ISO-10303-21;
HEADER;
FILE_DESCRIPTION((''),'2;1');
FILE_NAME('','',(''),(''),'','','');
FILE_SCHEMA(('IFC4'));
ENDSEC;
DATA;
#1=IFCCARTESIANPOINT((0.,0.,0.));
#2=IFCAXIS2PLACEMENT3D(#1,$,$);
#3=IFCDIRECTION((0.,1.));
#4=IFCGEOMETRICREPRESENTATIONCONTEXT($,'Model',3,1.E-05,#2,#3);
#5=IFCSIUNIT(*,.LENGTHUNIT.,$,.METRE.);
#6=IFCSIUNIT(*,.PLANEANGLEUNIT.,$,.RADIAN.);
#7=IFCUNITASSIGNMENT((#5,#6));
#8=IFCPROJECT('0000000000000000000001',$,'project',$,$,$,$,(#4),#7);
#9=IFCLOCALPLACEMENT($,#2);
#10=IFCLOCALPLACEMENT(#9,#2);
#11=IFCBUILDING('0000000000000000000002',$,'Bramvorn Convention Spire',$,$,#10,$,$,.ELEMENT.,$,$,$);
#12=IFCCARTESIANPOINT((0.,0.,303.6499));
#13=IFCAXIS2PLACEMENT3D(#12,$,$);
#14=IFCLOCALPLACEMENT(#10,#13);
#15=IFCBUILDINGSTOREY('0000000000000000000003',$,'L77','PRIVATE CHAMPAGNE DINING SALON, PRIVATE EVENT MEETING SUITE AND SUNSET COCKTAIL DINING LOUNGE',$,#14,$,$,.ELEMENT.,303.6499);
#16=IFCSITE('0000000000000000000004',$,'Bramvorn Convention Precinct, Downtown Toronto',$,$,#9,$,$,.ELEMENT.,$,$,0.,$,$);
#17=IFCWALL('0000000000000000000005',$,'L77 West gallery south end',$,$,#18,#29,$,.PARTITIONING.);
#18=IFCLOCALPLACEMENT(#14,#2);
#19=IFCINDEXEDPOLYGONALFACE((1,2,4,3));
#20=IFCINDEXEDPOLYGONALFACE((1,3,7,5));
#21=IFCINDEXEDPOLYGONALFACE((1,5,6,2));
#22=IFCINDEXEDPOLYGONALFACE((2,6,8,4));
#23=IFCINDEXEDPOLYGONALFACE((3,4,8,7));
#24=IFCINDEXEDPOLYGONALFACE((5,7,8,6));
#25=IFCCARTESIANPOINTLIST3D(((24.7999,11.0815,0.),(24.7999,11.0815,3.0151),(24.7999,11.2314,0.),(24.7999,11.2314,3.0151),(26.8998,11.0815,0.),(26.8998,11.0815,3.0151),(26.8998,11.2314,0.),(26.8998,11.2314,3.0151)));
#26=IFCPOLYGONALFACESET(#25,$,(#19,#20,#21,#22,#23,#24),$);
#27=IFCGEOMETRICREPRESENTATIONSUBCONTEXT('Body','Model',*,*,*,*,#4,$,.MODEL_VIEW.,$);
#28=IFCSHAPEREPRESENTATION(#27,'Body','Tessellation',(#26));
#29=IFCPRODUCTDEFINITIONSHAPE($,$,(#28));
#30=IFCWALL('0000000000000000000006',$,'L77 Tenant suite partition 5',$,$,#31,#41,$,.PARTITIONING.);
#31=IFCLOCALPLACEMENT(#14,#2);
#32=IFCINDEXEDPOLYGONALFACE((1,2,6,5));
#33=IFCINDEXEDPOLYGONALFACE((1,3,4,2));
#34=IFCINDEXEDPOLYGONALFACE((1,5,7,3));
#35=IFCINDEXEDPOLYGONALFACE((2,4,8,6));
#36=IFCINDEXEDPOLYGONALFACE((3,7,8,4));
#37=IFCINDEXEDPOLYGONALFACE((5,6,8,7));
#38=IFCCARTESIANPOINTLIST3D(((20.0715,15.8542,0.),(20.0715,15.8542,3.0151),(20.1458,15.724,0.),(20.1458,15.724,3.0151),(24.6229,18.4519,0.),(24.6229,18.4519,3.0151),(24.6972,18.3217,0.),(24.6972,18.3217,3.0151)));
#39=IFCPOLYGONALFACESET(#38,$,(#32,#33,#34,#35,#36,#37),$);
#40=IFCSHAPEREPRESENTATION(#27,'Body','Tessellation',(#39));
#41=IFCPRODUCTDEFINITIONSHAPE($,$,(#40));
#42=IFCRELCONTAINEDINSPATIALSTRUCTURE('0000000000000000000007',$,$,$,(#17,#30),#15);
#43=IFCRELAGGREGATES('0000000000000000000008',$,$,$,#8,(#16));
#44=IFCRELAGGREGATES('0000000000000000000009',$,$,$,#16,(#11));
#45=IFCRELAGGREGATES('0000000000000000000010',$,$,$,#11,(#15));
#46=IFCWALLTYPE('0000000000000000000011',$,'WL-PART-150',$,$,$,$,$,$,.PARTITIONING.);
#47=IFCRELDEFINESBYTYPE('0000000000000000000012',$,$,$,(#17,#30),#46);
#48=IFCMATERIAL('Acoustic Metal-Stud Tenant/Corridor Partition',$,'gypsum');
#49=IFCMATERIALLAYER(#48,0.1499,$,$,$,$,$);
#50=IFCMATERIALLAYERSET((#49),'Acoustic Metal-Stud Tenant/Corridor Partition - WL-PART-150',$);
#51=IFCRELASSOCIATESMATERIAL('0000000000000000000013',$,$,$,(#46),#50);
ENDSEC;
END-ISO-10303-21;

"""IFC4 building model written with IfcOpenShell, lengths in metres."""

from ifc_helpers import new_model, si_unit, direction, frame, frame_2d, origin, place, context, subcontext, project, spatial, rectangle, extrude, material, layer, layer_set, type_object, element, save


model = new_model("IFC4")

# Units and contexts
model_context = context("Model", 3, precision=1e-05, world=origin(), true_north=direction((0.0, 1.0)))
body_context = subcontext(model_context, "Body", "Model", "MODEL_VIEW")
ifc_project = project(units=[si_unit("LENGTHUNIT", "METRE"), si_unit("PLANEANGLEUNIT", "RADIAN")], contexts=[model_context])

# Site, building, storey
site_placement = place(None, origin())
site = spatial("IfcSite", under=ifc_project, at=site_placement, Name="Bramvorn Convention Precinct, Downtown Toronto", CompositionType="ELEMENT", RefElevation=0.0)
building_placement = place(site_placement, origin())
building = spatial("IfcBuilding", under=site, at=building_placement, Name="Bramvorn Convention Spire", CompositionType="ELEMENT")
storey_placement = place(building_placement, frame((0.0, 0.0, 303.6499)))
storey = spatial("IfcBuildingStorey", under=building, at=storey_placement, Name="L77", Description="PRIVATE CHAMPAGNE DINING SALON, PRIVATE EVENT MEETING SUITE AND SUNSET COCKTAIL DINING LOUNGE", CompositionType="ELEMENT", Elevation=303.6499)

# Shared definitions
ifc_material_1 = material(Name="Acoustic Metal-Stud Tenant/Corridor Partition", Category="gypsum")
ifc_layer_1 = layer(ifc_material_1, 0.1499)
ifc_layer_set_1 = layer_set([ifc_layer_1], Name="Acoustic Metal-Stud Tenant/Corridor Partition - WL-PART-150")
wall_type_1 = type_object("IfcWallType", Name="WL-PART-150", PredefinedType="PARTITIONING", material=ifc_layer_set_1)

# Walls
wall_1_placement = place(storey_placement, frame((24.8, 11.1565, 0.0), z_axis=(0.0, 0.0, 1.0), x_axis=(1.0, 0.0, 0.0)))
element("IfcWall", 1, at=wall_1_placement, inside=storey, type_object=wall_type_1, Name="L77 West gallery south end", PredefinedType="PARTITIONING", context=body_context, shape_type="SweptSolid", body=[
    extrude(rectangle(XDim=2.0999, YDim=0.1499, at=frame_2d((1.0498, 0.0))), origin(), (0.0, 0.0, 1.0), 3.0151),
])
wall_2_placement = place(storey_placement, frame((24.6599, 18.3867, 0.0), z_axis=(0.0, 0.0, 1.0), x_axis=(-0.868495, -0.495697, 0.0)))
element("IfcWall", 2, at=wall_2_placement, inside=storey, type_object=wall_type_1, Name="L77 Tenant suite partition 5", PredefinedType="PARTITIONING", context=body_context, shape_type="SweptSolid", body=[
    extrude(rectangle(XDim=5.2405, YDim=0.1499, at=frame_2d((2.6201, 0.0))), origin(), (0.0, 0.0, 1.0), 3.0151),
])

save(model, "model.ifc")
